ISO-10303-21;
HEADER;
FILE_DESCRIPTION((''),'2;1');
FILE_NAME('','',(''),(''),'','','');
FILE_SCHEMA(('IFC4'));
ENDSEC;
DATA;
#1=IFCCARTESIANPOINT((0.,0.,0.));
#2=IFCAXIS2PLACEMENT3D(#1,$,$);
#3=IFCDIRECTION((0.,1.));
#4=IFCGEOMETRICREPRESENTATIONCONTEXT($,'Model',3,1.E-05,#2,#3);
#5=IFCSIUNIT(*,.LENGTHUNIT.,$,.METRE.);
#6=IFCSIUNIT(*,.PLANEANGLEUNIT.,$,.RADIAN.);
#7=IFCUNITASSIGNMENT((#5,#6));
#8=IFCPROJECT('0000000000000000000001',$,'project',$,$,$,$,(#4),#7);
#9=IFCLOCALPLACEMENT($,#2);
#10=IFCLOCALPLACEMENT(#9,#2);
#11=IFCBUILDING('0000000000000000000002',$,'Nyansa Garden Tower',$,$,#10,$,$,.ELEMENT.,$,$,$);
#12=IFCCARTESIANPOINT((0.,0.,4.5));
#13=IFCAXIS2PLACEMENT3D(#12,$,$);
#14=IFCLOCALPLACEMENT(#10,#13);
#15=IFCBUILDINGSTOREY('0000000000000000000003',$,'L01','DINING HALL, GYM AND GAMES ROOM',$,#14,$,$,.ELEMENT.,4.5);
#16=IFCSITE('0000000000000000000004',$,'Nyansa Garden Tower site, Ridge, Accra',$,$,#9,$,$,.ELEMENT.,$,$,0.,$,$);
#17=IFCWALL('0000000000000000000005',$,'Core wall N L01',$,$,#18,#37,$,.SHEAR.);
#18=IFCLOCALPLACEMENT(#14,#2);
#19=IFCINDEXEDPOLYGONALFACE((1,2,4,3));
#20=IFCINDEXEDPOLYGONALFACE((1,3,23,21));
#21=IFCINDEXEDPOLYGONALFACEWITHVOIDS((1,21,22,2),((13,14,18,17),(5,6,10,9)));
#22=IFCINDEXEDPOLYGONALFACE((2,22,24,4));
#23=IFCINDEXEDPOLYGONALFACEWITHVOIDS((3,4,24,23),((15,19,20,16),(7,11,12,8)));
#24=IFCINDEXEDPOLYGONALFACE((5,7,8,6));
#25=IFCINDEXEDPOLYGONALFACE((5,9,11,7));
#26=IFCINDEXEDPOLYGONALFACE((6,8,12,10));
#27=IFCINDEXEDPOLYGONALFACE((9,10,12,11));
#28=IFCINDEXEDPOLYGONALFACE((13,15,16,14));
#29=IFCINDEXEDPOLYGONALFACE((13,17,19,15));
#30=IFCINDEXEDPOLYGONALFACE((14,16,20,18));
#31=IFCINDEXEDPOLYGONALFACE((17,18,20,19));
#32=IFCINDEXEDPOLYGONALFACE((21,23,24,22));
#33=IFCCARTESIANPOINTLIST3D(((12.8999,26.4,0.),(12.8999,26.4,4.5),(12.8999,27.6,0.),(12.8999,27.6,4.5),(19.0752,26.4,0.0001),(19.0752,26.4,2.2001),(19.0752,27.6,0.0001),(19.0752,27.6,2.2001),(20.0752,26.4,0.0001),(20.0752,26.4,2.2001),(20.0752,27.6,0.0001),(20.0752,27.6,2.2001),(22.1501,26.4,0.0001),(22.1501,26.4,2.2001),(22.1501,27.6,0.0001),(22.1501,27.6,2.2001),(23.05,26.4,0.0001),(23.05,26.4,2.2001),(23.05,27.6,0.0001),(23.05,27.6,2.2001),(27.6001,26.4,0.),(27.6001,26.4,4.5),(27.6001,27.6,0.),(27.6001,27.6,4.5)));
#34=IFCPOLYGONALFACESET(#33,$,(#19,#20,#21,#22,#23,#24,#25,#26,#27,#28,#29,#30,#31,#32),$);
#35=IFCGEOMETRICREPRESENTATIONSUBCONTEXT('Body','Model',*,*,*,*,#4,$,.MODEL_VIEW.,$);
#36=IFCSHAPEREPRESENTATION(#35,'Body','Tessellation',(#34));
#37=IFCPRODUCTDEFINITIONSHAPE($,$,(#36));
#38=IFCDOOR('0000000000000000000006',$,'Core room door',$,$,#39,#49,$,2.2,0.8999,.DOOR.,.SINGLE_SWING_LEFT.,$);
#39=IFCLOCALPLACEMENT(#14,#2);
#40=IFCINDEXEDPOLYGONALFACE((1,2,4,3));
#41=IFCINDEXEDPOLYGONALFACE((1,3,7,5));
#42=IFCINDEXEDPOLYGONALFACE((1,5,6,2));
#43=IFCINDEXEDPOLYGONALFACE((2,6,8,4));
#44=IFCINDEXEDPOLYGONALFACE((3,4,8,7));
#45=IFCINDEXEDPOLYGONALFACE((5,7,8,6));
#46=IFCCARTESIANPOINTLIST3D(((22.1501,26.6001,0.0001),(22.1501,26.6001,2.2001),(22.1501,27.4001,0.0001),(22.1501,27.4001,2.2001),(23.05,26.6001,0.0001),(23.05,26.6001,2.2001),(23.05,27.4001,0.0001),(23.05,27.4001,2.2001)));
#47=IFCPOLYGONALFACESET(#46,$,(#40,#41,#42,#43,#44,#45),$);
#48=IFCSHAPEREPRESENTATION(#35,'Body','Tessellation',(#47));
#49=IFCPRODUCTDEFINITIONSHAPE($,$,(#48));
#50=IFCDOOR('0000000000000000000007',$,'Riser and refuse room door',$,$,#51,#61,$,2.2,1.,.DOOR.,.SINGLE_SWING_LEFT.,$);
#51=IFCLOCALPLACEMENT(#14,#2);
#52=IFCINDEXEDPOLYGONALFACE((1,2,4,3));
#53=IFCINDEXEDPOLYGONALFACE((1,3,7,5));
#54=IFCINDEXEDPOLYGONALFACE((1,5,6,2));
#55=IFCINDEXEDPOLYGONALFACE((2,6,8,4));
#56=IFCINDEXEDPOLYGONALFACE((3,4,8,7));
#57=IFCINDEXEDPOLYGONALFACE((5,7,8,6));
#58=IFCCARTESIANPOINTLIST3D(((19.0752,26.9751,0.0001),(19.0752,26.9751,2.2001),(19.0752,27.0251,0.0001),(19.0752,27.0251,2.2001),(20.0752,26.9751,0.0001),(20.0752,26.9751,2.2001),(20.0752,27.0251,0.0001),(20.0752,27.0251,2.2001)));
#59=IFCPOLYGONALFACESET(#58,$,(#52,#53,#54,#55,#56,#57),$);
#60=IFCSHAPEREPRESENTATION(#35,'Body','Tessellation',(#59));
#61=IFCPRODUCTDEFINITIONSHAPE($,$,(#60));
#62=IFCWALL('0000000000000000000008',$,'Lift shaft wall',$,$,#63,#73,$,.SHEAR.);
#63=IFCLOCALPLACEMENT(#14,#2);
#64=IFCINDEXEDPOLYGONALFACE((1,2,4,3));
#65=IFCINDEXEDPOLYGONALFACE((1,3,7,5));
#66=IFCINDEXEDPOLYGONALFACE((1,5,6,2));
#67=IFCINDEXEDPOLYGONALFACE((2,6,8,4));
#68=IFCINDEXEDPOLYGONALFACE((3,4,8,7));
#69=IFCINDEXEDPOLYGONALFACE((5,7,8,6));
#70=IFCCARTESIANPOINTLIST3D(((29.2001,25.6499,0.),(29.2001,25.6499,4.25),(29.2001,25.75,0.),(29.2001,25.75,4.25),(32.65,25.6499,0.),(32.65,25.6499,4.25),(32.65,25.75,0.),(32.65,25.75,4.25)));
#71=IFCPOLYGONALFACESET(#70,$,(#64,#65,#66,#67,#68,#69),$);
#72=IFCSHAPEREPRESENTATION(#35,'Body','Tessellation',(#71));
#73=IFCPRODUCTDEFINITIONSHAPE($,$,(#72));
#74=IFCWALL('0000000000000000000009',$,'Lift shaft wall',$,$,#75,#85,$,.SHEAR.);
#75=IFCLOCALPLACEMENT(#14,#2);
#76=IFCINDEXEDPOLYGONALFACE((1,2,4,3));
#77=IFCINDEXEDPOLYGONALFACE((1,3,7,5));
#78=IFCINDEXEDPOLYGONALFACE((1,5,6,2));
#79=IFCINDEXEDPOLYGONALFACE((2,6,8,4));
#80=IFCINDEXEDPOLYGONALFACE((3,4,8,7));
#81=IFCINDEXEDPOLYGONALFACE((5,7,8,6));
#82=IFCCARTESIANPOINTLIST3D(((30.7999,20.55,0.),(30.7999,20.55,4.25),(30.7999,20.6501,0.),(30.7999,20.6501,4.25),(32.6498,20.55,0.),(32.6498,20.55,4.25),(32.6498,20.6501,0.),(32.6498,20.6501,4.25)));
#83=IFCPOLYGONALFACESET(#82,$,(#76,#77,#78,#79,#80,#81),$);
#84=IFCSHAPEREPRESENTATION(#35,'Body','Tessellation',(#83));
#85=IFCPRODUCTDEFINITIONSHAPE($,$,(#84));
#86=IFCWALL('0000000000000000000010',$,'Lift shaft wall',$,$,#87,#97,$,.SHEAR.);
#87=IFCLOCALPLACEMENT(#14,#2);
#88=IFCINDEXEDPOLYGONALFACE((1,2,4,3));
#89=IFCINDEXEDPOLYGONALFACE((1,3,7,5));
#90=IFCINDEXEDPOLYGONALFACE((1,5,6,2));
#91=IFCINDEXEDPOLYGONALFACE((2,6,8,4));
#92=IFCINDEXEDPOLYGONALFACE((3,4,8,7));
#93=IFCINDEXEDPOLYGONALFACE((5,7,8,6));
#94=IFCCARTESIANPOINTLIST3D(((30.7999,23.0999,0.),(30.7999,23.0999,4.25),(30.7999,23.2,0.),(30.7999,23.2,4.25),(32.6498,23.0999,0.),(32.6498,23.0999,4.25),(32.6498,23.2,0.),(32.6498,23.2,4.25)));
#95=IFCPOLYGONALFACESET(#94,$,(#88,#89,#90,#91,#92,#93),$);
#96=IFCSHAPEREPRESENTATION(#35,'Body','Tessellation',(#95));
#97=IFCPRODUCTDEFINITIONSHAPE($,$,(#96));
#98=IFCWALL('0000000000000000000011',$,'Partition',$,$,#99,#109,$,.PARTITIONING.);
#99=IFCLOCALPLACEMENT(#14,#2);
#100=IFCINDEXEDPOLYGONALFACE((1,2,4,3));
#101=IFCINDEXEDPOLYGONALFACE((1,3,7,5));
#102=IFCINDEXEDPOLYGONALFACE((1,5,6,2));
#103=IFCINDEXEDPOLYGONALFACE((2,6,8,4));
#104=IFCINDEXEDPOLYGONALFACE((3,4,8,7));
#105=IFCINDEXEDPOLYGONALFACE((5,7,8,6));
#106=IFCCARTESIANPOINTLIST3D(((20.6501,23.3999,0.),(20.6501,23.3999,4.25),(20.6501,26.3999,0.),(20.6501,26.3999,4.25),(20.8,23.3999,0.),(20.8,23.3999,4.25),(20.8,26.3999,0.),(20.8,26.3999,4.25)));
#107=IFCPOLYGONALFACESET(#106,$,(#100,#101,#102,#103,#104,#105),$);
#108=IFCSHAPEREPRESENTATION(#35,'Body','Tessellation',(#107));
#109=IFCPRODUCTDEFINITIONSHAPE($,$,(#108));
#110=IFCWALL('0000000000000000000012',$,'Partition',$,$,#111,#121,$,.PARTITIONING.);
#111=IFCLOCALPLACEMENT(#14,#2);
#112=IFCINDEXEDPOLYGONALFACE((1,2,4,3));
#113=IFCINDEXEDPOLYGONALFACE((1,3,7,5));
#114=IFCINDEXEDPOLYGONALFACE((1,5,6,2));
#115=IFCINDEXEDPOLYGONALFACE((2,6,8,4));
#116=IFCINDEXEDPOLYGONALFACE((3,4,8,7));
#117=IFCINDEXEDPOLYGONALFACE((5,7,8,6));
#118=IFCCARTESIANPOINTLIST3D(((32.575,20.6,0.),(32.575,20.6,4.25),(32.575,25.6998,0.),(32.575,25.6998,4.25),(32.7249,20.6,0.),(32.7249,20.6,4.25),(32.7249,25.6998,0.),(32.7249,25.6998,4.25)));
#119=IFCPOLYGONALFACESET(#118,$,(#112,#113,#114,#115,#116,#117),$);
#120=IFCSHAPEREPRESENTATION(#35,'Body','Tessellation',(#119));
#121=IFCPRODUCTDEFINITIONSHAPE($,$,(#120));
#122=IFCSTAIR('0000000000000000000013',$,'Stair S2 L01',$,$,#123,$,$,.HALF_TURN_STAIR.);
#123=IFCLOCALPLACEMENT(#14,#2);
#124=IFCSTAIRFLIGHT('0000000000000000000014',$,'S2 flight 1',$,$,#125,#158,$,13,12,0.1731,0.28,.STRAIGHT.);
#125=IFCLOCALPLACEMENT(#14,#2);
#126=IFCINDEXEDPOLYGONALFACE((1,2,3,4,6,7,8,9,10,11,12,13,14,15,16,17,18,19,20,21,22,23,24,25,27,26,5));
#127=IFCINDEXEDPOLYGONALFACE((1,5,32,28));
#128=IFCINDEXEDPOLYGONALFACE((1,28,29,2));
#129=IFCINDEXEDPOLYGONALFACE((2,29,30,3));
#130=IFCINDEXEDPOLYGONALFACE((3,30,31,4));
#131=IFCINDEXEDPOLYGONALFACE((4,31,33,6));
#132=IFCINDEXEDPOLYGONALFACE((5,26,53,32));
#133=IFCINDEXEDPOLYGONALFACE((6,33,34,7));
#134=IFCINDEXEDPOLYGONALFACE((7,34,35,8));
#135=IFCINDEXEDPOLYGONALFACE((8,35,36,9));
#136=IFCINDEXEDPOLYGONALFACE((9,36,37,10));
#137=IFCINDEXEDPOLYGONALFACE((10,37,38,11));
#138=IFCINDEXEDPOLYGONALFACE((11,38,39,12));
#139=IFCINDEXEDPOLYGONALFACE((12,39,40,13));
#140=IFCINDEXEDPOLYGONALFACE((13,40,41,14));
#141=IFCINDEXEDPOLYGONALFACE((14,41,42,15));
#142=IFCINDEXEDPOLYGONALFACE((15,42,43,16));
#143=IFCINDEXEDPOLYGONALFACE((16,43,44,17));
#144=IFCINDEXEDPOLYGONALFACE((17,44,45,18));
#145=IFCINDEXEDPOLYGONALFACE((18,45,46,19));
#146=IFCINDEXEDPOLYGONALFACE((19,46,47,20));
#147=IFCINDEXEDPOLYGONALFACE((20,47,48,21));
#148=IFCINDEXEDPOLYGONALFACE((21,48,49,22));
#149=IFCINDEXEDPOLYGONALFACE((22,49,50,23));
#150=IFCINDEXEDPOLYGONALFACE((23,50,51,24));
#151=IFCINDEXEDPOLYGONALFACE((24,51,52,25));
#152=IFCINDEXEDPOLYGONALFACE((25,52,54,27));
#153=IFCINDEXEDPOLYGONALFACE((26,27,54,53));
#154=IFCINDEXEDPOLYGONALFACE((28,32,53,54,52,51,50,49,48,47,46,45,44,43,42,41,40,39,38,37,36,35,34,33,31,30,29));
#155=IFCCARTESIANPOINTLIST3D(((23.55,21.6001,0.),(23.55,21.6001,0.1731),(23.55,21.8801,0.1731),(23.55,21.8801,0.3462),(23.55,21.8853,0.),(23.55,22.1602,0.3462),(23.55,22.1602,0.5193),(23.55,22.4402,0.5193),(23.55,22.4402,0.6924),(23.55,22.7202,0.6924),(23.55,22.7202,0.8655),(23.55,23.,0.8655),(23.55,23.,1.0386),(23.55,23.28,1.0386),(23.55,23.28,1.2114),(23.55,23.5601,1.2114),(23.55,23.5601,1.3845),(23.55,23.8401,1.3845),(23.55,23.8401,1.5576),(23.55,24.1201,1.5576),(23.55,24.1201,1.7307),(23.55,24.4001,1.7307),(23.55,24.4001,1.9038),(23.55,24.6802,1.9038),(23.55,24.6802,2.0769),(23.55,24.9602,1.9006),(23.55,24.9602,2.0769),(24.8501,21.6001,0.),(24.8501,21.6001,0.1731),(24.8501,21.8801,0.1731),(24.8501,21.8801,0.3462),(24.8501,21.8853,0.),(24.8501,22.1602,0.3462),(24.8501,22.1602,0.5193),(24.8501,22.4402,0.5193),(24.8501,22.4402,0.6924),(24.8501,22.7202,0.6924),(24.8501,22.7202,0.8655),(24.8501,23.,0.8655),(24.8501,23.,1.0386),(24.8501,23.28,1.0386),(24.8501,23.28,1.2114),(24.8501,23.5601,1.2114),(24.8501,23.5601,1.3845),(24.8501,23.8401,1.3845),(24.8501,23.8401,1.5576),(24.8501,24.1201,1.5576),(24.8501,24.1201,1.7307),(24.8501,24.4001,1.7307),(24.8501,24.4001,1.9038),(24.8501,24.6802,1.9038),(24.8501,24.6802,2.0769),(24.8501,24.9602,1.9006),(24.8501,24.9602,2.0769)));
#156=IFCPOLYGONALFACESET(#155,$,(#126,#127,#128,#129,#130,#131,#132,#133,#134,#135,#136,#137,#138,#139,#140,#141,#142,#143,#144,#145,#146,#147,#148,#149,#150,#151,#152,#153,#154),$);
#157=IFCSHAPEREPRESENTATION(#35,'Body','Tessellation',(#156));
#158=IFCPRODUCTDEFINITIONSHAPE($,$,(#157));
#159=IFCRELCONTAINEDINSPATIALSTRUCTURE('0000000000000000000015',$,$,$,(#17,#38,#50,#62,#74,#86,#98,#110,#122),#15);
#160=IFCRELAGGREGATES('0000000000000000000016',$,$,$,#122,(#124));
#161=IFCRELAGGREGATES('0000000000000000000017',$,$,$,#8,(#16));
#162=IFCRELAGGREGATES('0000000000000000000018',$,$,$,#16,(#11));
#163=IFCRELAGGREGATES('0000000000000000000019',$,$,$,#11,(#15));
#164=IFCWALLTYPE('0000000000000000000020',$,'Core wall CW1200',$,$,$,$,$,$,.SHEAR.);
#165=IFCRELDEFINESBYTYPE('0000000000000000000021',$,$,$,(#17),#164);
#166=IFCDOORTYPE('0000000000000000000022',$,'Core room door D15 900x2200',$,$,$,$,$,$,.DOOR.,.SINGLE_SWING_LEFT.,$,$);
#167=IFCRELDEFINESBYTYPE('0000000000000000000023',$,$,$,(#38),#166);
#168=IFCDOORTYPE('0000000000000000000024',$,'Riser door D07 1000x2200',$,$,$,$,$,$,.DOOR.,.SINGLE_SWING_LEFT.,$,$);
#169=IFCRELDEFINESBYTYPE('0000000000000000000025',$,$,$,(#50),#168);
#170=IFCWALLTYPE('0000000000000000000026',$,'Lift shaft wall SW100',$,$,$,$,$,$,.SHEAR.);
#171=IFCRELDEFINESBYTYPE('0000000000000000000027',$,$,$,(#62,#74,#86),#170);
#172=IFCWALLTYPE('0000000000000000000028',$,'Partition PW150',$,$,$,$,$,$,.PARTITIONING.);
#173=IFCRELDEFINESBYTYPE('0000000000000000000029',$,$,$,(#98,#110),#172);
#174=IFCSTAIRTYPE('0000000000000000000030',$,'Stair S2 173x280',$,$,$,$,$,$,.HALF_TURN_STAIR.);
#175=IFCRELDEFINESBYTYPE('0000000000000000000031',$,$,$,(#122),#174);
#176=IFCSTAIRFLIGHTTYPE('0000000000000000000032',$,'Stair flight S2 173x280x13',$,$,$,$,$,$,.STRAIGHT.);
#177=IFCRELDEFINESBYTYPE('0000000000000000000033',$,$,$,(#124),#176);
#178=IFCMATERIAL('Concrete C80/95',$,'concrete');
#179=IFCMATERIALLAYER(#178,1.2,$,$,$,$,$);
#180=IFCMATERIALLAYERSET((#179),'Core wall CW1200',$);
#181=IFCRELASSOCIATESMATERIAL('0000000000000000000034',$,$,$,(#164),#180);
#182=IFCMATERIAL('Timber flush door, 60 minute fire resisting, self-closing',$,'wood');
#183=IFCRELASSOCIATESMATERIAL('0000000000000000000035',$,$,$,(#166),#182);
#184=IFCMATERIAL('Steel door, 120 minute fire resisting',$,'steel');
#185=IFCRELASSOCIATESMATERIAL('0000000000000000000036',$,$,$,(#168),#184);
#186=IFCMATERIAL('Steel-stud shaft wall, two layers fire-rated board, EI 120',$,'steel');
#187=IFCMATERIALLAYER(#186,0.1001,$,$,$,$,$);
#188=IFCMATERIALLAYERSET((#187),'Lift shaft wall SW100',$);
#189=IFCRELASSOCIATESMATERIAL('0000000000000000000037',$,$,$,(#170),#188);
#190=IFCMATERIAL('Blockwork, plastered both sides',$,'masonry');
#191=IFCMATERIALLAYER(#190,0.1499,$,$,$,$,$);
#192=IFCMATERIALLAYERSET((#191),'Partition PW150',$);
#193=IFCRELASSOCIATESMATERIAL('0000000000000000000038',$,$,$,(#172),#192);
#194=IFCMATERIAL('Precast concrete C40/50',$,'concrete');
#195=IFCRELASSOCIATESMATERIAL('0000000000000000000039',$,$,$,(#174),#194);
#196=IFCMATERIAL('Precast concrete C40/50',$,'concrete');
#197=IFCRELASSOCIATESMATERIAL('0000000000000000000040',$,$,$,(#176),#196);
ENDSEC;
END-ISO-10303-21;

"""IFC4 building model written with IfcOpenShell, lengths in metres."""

from ifc_helpers import new_model, si_unit, direction, frame, frame_2d, origin, place, context, subcontext, project, spatial, polyline, rectangle, outline, extrude, material, layer, layer_set, type_object, element, fill, aggregate, save


model = new_model("IFC4")

# Units and contexts
model_context = context("Model", 3, precision=1e-05, world=origin(), true_north=direction((0.0, 1.0)))
body_context = subcontext(model_context, "Body", "Model", "MODEL_VIEW")
ifc_project = project(units=[si_unit("LENGTHUNIT", "METRE"), si_unit("PLANEANGLEUNIT", "RADIAN")], contexts=[model_context])

# Site, building, storey
site_placement = place(None, origin())
site = spatial("IfcSite", under=ifc_project, at=site_placement, Name="Nyansa Garden Tower site, Ridge, Accra", CompositionType="ELEMENT", RefElevation=0.0)
building_placement = place(site_placement, origin())
building = spatial("IfcBuilding", under=site, at=building_placement, Name="Nyansa Garden Tower", CompositionType="ELEMENT")
storey_placement = place(building_placement, frame((0.0, 0.0, 4.5)))
storey = spatial("IfcBuildingStorey", under=building, at=storey_placement, Name="L01", Description="DINING HALL, GYM AND GAMES ROOM", CompositionType="ELEMENT", Elevation=4.5)

# Wall, openings, doors
ifc_material_1 = material(Name="Concrete C80/95", Category="concrete")
ifc_layer_1 = layer(ifc_material_1, 1.2)
ifc_layer_set_1 = layer_set([ifc_layer_1], Name="Core wall CW1200")
wall_type_1 = type_object("IfcWallType", Name="Core wall CW1200", PredefinedType="SHEAR", material=ifc_layer_set_1)
wall_1_placement = place(storey_placement, frame((27.6001, 27.0, 0.0), z_axis=(0.0, 0.0, 1.0), x_axis=(-1.0, 0.0, 0.0)))
wall_1 = element("IfcWall", 1, at=wall_1_placement, inside=storey, type_object=wall_type_1, Name="Core wall N L01", PredefinedType="SHEAR", context=body_context, shape_type="SweptSolid", body=[
    extrude(rectangle(XDim=14.7002, YDim=1.2, at=frame_2d((7.3501, 0.0))), origin(), (0.0, 0.0, 1.0), 4.5),
])
opening_1_placement = place(wall_1_placement, frame((4.55, 0.0, 0.0)))
opening_1 = element("IfcOpeningElement", 2, at=opening_1_placement, cuts=wall_1, PredefinedType="OPENING", context=body_context, shape_type="SweptSolid", body=[
    extrude(rectangle(XDim=0.8999, YDim=2.2, at=frame_2d((0.45, 1.1001))), frame((0.0, 0.6099, 0.0), z_axis=(0.0, -1.0, 0.0), x_axis=(1.0, 0.0, 0.0)), (0.0, 0.0, 1.0), 1.22),
])
opening_2_placement = place(wall_1_placement, frame((7.5249, 0.0, 0.0)))
opening_2 = element("IfcOpeningElement", 3, at=opening_2_placement, cuts=wall_1, PredefinedType="OPENING", context=body_context, shape_type="SweptSolid", body=[
    extrude(rectangle(XDim=1.0, YDim=2.2, at=frame_2d((0.5, 1.1001))), frame((0.0, 0.6099, 0.0), z_axis=(0.0, -1.0, 0.0), x_axis=(1.0, 0.0, 0.0)), (0.0, 0.0, 1.0), 1.22),
])
ifc_material_2 = material(Name="Timber flush door, 60 minute fire resisting, self-closing", Category="wood")
door_type_1 = type_object("IfcDoorType", Name="Core room door D15 900x2200", OperationType="SINGLE_SWING_LEFT", PredefinedType="DOOR", material=ifc_material_2)
door_1_placement = place(opening_1_placement, origin())
door_1 = element("IfcDoor", 4, at=door_1_placement, inside=storey, type_object=door_type_1, Name="Core room door", OperationType="SINGLE_SWING_LEFT", OverallHeight=2.2, OverallWidth=0.8999, PredefinedType="DOOR", context=body_context, shape_type="SweptSolid", body=[
    extrude(rectangle(XDim=0.8999, YDim=2.2, at=frame_2d((0.45, 1.1001))), frame((0.0, 0.3999, 0.0), z_axis=(0.0, -1.0, 0.0), x_axis=(1.0, 0.0, 0.0)), (0.0, 0.0, 1.0), 0.8),
])
fill(opening_1, door_1)
ifc_material_3 = material(Name="Steel door, 120 minute fire resisting", Category="steel")
door_type_2 = type_object("IfcDoorType", Name="Riser door D07 1000x2200", OperationType="SINGLE_SWING_LEFT", PredefinedType="DOOR", material=ifc_material_3)
door_2_placement = place(opening_2_placement, origin())
door_2 = element("IfcDoor", 5, at=door_2_placement, inside=storey, type_object=door_type_2, Name="Riser and refuse room door", OperationType="SINGLE_SWING_LEFT", OverallHeight=2.2, OverallWidth=1.0, PredefinedType="DOOR", context=body_context, shape_type="SweptSolid", body=[
    extrude(rectangle(XDim=1.0, YDim=2.2, at=frame_2d((0.5, 1.1001))), frame((0.0, 0.0249, 0.0), z_axis=(0.0, -1.0, 0.0), x_axis=(1.0, 0.0, 0.0)), (0.0, 0.0, 1.0), 0.05),
])
fill(opening_2, door_2)

# Walls
ifc_material_4 = material(Name="Steel-stud shaft wall, two layers fire-rated board, EI 120", Category="steel")
ifc_layer_2 = layer(ifc_material_4, 0.1001)
ifc_layer_set_2 = layer_set([ifc_layer_2], Name="Lift shaft wall SW100")
wall_type_2 = type_object("IfcWallType", Name="Lift shaft wall SW100", PredefinedType="SHEAR", material=ifc_layer_set_2)
wall_2_placement = place(storey_placement, frame((29.2, 25.7, 0.0), z_axis=(0.0, 0.0, 1.0), x_axis=(1.0, 0.0, 0.0)))
element("IfcWall", 6, at=wall_2_placement, inside=storey, type_object=wall_type_2, Name="Lift shaft wall", PredefinedType="SHEAR", context=body_context, shape_type="SweptSolid", body=[
    extrude(rectangle(XDim=3.45, YDim=0.1001, at=frame_2d((1.7251, 0.0))), origin(), (0.0, 0.0, 1.0), 4.25),
])
for number, where, z_axis, x_axis, name in (
    (7, (30.8, 20.6001, 0.0), (0.0, 0.0, 1.0), (1.0, 0.0, 0.0), "Lift shaft wall"),
    (8, (30.8, 23.1499, 0.0), (0.0, 0.0, 1.0), (1.0, 0.0, 0.0), "Lift shaft wall"),
):
    element("IfcWall", number, at=place(storey_placement, frame(where, z_axis=z_axis, x_axis=x_axis)), inside=storey, type_object=wall_type_2, Name=name, PredefinedType="SHEAR", context=body_context, shape_type="SweptSolid", body=[
        extrude(rectangle(XDim=1.8499, YDim=0.1001, at=frame_2d((0.9248, 0.0))), origin(), (0.0, 0.0, 1.0), 4.25),
    ])
ifc_material_5 = material(Name="Blockwork, plastered both sides", Category="masonry")
ifc_layer_3 = layer(ifc_material_5, 0.1499)
ifc_layer_set_3 = layer_set([ifc_layer_3], Name="Partition PW150")
wall_type_3 = type_object("IfcWallType", Name="Partition PW150", PredefinedType="PARTITIONING", material=ifc_layer_set_3)
wall_3_placement = place(storey_placement, frame((20.7251, 23.3999, 0.0), z_axis=(0.0, 0.0, 1.0), x_axis=(0.0, 1.0, 0.0)))
element("IfcWall", 9, at=wall_3_placement, inside=storey, type_object=wall_type_3, Name="Partition", PredefinedType="PARTITIONING", context=body_context, shape_type="SweptSolid", body=[
    extrude(rectangle(XDim=3.0, YDim=0.1499, at=frame_2d((1.5, 0.0))), origin(), (0.0, 0.0, 1.0), 4.25),
])
wall_4_placement = place(storey_placement, frame((32.6499, 20.6001, 0.0), z_axis=(0.0, 0.0, 1.0), x_axis=(0.0, 1.0, 0.0)))
element("IfcWall", 10, at=wall_4_placement, inside=storey, type_object=wall_type_3, Name="Partition", PredefinedType="PARTITIONING", context=body_context, shape_type="SweptSolid", body=[
    extrude(rectangle(XDim=5.0999, YDim=0.1499, at=frame_2d((2.5498, 0.0))), origin(), (0.0, 0.0, 1.0), 4.25),
])

# Stair, stair flight
ifc_material_6 = material(Name="Precast concrete C40/50", Category="concrete")
stair_type = type_object("IfcStairType", Name="Stair S2 173x280", PredefinedType="HALF_TURN_STAIR", material=ifc_material_6)
stair_placement = place(storey_placement, origin())
stair = element("IfcStair", 11, at=stair_placement, inside=storey, type_object=stair_type, Name="Stair S2 L01", PredefinedType="HALF_TURN_STAIR")
ifc_material_7 = material(Name="Precast concrete C40/50", Category="concrete")
stair_flight_type = type_object("IfcStairFlightType", Name="Stair flight S2 173x280x13", PredefinedType="STRAIGHT", material=ifc_material_7)
stair_flight_1_placement = place(storey_placement, frame((24.2, 21.6001, 0.0), z_axis=(0.0, 0.0, 1.0), x_axis=(0.0, 1.0, 0.0)))
stair_flight_1 = element("IfcStairFlight", 12, at=stair_flight_1_placement, type_object=stair_flight_type, Name="S2 flight 1", NumberOfRisers=13, NumberOfTreads=12, PredefinedType="STRAIGHT", RiserHeight=0.1731, TreadLength=0.28, context=body_context, shape_type="SweptSolid", body=[
    extrude(outline(polyline([(0.0, 0.0), (0.0, 0.1731), (0.28, 0.1731), (0.28, 0.3462), (0.5601, 0.3462), (0.5601, 0.5193), (0.8401, 0.5193), (0.8401, 0.6924), (1.1201, 0.6924), (1.1201, 0.8655), (1.3999, 0.8655), (1.3999, 1.0386), (1.6799, 1.0386), (1.6799, 1.2114), (1.96, 1.2114), (1.96, 1.3845), (2.24, 1.3845), (2.24, 1.5576), (2.52, 1.5576), (2.52, 1.7307), (2.8, 1.7307), (2.8, 1.9038), (3.0801, 1.9038), (3.0801, 2.0769), (3.3601, 2.0769), (3.3601, 2.25), (3.3601, 1.9006), (0.2852, 0.0), (0.0, 0.0)])), frame((0.0, 0.6499, 0.0), z_axis=(0.0, -1.0, 0.0), x_axis=(1.0, 0.0, 0.0)), (0.0, 0.0, 1.0), 1.3),
])
aggregate(stair, [stair_flight_1])

save(model, "model.ifc")
